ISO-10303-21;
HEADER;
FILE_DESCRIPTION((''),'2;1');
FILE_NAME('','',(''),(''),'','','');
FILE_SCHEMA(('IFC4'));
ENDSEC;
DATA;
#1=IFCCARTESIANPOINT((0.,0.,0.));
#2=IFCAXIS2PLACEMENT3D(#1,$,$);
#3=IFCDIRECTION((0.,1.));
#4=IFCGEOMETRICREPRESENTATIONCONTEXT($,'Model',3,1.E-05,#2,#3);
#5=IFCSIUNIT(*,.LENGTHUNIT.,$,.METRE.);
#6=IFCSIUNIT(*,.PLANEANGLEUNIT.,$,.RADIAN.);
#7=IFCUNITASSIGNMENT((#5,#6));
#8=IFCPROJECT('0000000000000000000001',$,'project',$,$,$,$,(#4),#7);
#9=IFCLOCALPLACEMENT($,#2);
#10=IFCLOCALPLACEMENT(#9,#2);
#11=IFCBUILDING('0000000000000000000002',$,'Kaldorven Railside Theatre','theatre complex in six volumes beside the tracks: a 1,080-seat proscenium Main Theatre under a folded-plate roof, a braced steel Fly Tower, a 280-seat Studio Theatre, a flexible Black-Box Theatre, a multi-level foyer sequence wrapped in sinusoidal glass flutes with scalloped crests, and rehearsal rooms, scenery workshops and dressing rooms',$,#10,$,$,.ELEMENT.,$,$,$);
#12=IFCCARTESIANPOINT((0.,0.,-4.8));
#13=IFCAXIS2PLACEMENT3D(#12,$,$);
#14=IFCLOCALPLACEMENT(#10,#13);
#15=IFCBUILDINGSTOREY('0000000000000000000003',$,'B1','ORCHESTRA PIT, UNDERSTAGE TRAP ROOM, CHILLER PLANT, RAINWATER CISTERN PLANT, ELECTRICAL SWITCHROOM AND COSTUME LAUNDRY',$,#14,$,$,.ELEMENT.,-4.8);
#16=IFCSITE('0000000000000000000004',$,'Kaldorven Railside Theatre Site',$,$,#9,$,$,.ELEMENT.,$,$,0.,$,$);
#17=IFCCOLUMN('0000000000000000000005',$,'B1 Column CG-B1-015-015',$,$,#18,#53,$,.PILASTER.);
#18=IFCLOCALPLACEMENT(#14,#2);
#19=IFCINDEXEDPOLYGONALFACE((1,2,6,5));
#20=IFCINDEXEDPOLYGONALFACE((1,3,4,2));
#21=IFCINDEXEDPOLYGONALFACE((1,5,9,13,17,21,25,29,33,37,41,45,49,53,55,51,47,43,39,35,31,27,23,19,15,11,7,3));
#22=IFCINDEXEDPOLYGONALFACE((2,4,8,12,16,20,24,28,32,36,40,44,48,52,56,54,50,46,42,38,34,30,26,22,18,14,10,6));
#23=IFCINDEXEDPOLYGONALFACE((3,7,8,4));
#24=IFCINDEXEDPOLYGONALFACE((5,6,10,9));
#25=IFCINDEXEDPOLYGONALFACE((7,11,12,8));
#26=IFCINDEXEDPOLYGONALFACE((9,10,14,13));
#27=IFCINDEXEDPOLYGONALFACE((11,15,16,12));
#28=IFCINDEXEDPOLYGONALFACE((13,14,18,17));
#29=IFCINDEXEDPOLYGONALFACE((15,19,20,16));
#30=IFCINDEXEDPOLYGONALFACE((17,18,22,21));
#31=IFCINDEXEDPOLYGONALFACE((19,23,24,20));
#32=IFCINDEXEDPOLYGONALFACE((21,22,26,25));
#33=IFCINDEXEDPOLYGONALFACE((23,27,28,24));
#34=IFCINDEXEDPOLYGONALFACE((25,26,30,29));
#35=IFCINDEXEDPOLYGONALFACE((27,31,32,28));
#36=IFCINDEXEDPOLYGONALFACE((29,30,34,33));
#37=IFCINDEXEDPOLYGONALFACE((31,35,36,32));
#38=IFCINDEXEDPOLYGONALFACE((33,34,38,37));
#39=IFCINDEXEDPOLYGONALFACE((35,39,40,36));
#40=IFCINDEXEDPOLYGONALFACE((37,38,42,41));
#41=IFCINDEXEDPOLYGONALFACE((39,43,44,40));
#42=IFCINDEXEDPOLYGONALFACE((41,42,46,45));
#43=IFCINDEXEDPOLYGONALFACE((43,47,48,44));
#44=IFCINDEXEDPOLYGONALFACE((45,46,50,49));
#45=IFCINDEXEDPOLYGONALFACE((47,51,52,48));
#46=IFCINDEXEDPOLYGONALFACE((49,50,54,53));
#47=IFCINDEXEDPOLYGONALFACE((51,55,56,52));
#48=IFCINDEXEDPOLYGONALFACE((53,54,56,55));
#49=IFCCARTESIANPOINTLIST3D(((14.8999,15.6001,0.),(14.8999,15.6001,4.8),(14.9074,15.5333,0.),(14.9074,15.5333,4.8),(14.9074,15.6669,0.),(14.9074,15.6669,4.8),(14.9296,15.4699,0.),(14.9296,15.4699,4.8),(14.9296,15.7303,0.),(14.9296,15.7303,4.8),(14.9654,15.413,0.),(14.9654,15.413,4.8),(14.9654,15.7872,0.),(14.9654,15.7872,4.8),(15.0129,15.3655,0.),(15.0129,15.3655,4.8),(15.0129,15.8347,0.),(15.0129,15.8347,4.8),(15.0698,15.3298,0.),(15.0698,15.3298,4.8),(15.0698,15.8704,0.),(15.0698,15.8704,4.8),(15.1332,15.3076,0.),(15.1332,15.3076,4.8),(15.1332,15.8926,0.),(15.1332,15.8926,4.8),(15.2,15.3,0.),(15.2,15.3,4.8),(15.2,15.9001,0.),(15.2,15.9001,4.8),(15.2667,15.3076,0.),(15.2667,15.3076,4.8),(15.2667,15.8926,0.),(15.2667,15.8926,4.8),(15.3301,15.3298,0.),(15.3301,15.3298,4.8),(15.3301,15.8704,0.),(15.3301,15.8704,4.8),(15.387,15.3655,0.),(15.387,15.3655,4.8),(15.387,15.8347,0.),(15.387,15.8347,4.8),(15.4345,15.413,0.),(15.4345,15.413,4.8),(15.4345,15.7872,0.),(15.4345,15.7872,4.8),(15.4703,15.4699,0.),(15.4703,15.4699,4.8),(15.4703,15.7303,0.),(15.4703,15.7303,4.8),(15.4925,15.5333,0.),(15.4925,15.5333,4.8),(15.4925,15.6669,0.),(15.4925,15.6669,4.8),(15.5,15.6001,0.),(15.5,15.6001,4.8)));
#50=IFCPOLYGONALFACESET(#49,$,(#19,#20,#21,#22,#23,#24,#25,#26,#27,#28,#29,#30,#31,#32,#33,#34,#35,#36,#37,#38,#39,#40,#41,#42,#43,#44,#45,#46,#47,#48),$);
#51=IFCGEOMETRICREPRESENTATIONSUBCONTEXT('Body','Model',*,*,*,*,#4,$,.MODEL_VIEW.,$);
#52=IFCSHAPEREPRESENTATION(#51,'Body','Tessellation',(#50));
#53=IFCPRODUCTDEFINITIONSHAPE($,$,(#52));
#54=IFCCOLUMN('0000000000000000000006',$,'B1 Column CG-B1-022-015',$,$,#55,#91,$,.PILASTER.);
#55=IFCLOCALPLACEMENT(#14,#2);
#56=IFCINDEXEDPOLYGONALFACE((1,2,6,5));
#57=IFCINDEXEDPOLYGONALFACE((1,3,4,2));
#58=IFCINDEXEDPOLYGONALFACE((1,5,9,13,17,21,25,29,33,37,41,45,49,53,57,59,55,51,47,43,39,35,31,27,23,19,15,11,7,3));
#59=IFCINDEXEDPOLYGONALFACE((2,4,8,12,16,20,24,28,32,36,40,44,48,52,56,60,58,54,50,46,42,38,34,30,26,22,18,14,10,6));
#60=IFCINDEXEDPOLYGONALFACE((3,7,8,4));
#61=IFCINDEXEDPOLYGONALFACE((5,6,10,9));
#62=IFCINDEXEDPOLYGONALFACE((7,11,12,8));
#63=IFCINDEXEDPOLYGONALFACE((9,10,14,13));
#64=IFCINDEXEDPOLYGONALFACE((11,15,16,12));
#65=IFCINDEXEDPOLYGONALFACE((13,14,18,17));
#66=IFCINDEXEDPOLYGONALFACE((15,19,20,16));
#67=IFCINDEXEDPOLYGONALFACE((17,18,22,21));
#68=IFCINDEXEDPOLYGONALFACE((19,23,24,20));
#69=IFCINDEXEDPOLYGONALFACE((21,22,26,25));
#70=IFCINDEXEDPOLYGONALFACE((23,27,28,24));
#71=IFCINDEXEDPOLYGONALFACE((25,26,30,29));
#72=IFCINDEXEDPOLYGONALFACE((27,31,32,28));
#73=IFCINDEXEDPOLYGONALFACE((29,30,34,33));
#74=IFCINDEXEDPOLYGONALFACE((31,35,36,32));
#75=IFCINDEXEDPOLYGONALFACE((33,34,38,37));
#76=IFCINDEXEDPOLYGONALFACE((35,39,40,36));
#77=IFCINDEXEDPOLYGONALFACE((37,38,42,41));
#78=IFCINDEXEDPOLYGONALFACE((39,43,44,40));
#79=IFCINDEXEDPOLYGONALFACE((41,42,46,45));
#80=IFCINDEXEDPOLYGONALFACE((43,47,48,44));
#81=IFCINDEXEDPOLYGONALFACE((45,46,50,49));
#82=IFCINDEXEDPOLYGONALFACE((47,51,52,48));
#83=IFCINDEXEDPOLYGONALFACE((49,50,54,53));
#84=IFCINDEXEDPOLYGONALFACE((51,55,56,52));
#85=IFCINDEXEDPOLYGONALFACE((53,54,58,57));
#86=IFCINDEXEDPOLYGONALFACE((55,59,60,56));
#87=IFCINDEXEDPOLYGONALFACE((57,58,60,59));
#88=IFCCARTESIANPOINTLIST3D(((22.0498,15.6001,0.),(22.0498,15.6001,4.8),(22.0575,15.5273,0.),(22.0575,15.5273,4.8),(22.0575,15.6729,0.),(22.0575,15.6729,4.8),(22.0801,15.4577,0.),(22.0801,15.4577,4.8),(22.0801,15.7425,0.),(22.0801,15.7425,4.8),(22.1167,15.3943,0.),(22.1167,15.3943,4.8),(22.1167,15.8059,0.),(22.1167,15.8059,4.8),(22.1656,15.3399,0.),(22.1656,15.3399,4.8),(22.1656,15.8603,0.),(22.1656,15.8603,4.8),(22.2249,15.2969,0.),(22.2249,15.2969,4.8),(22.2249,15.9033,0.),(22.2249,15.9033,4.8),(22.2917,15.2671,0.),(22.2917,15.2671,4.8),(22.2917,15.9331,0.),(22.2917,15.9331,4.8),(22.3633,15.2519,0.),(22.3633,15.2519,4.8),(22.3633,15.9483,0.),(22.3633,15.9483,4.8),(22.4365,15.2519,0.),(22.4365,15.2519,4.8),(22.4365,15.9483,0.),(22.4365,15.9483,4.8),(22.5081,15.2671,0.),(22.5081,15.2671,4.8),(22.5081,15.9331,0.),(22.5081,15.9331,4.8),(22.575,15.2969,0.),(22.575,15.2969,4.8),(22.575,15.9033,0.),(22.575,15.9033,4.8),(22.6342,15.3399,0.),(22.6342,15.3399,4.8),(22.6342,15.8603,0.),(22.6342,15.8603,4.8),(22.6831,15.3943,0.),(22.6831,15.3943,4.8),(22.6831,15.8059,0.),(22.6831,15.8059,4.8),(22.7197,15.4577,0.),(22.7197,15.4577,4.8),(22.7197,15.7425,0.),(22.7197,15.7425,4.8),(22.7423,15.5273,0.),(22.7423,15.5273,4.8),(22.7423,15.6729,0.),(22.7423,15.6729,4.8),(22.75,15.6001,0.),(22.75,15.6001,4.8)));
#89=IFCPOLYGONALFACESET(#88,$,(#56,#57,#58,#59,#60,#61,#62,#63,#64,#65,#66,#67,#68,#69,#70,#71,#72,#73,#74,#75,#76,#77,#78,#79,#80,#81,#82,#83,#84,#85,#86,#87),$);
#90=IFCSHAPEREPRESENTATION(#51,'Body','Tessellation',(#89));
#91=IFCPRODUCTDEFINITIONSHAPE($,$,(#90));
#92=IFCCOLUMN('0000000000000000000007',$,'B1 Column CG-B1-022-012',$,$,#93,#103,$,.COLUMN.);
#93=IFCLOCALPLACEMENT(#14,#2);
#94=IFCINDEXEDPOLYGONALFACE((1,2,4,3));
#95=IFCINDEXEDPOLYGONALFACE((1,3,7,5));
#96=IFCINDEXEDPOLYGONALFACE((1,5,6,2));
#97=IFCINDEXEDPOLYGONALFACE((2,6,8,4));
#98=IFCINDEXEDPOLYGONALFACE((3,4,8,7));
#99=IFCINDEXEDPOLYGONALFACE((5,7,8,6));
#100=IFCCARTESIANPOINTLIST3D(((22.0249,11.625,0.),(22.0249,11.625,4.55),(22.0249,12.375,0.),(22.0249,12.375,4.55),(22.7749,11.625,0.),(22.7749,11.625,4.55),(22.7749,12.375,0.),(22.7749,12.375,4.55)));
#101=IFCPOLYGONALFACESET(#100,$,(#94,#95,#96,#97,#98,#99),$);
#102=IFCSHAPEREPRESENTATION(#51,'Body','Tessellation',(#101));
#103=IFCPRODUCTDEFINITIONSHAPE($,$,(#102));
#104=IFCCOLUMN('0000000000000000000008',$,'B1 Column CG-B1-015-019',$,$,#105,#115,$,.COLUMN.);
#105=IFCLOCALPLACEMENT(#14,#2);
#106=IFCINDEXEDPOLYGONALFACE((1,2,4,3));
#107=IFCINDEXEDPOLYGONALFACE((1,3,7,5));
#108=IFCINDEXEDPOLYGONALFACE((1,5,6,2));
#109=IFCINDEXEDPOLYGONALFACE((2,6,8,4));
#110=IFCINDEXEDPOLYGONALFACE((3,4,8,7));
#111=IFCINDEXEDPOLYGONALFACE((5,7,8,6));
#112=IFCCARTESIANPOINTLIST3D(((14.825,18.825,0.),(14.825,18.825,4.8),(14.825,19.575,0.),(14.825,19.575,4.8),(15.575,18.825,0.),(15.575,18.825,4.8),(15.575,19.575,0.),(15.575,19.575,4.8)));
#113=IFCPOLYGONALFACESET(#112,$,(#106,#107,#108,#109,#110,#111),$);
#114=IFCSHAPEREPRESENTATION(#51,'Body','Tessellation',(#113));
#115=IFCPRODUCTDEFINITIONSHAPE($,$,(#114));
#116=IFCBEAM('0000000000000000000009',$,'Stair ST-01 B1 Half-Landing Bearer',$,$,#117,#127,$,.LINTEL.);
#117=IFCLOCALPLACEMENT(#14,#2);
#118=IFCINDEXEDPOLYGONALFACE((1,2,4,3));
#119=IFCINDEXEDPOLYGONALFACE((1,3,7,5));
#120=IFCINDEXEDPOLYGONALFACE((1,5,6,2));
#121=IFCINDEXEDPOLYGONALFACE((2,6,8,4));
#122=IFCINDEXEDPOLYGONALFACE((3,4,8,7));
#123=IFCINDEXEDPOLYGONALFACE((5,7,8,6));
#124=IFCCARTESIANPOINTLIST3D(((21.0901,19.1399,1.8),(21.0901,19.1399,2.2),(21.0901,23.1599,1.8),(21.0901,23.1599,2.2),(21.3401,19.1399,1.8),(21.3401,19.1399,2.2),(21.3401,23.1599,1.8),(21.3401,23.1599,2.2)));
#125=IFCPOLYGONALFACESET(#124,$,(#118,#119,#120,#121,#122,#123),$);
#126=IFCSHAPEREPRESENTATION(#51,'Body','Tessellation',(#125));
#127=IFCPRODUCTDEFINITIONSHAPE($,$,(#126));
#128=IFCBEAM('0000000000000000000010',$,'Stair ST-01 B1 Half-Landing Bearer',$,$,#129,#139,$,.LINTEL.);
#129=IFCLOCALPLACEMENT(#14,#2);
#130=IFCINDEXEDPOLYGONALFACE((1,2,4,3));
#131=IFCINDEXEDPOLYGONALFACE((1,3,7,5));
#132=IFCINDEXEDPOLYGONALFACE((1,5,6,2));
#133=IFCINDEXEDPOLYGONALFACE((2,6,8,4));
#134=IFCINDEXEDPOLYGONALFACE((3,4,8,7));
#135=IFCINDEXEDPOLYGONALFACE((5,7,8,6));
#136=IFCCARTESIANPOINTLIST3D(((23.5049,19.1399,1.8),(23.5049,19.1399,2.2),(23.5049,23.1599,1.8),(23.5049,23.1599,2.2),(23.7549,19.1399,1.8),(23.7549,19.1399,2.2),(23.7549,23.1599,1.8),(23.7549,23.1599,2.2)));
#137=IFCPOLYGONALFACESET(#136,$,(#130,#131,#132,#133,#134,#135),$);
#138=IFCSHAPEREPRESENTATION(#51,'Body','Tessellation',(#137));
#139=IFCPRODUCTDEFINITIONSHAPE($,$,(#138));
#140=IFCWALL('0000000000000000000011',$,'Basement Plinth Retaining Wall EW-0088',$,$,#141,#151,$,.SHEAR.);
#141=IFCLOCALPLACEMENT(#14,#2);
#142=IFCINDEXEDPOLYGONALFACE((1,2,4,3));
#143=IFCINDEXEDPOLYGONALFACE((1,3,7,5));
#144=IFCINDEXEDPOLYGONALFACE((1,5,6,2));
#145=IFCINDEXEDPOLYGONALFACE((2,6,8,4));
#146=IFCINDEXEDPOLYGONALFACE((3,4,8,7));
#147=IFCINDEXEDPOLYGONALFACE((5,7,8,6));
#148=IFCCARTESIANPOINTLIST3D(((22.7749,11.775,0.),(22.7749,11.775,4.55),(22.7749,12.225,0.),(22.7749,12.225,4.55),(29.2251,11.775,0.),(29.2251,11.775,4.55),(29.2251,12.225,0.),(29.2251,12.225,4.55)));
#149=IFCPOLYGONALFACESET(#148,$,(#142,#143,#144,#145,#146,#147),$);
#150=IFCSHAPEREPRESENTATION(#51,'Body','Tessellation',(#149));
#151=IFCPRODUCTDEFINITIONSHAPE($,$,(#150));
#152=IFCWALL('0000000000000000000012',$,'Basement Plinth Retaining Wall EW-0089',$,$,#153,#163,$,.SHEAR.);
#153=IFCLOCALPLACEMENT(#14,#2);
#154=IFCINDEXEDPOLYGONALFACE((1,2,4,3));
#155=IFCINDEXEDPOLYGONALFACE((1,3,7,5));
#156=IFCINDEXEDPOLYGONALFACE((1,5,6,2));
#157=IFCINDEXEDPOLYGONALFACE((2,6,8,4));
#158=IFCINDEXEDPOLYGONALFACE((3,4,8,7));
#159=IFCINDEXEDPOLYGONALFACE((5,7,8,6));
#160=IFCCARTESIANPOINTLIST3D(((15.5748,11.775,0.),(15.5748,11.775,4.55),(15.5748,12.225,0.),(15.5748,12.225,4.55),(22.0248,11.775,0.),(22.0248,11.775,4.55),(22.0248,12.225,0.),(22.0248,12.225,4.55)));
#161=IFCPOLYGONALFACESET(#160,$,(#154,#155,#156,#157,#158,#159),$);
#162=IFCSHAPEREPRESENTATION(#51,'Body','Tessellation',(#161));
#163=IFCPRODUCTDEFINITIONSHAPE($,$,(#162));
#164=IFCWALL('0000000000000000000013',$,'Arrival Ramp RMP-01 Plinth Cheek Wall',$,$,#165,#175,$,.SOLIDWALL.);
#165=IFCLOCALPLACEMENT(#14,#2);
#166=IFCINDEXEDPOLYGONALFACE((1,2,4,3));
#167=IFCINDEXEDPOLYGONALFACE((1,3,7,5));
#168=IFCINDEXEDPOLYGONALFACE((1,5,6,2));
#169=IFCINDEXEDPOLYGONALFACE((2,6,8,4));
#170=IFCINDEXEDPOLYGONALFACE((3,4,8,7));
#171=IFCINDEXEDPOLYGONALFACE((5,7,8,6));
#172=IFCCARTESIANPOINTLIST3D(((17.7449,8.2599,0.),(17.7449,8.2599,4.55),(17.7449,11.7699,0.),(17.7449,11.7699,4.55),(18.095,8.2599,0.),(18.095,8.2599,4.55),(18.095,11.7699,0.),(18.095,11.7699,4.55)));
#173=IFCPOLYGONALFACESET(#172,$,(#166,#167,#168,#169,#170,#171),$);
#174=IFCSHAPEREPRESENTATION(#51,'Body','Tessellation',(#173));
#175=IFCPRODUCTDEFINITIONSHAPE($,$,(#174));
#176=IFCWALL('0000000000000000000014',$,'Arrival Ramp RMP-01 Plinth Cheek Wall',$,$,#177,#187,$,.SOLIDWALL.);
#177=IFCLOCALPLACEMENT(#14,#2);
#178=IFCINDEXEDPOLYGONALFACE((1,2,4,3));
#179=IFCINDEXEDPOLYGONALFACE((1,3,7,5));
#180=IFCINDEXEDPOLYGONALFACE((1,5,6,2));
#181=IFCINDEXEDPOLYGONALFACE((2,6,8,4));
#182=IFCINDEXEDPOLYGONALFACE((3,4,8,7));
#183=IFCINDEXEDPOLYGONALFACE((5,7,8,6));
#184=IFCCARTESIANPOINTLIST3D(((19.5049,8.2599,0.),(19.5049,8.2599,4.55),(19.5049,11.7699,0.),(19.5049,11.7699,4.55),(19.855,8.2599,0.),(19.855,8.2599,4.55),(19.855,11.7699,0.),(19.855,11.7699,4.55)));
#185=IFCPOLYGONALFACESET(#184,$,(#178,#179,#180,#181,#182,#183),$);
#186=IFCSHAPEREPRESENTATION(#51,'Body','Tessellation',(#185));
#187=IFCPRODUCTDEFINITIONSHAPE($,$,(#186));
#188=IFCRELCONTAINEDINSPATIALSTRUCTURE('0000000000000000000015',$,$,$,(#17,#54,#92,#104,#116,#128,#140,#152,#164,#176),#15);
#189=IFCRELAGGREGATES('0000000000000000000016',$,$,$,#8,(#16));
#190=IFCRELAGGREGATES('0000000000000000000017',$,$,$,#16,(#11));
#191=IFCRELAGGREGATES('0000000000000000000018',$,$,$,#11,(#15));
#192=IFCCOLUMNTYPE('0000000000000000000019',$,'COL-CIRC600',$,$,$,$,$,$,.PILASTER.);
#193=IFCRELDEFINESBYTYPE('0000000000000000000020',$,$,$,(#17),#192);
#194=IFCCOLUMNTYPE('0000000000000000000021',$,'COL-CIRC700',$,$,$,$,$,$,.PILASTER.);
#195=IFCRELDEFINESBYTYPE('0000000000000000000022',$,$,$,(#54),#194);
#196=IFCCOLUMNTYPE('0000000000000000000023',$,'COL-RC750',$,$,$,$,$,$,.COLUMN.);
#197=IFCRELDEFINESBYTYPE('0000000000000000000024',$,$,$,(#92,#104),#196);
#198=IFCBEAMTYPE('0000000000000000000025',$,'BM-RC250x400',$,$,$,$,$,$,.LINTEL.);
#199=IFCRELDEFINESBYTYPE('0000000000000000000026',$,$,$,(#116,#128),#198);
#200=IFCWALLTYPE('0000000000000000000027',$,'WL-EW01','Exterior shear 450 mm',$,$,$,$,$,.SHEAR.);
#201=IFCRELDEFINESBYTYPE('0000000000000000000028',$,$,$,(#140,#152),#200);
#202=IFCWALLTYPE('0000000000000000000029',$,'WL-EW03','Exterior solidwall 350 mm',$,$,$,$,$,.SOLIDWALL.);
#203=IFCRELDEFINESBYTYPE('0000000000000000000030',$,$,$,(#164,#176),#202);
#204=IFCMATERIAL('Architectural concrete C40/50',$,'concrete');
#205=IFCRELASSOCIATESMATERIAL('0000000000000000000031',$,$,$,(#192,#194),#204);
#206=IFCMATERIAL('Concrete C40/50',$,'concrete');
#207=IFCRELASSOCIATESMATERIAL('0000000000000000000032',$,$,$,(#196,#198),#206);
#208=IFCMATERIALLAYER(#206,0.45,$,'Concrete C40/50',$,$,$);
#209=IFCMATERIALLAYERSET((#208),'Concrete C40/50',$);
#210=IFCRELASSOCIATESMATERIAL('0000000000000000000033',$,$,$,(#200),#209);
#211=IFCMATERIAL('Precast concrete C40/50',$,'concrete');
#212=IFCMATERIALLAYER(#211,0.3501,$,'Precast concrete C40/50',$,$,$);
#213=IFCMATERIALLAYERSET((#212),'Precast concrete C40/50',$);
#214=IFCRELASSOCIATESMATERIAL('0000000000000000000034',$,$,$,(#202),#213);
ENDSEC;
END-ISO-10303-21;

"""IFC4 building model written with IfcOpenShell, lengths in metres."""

from ifc_helpers import new_model, si_unit, direction, frame, frame_2d, origin, origin_2d, place, context, subcontext, project, spatial, rectangle, circle, extrude, material, layer, layer_set, material_profile, profile_set, type_object, element, save


model = new_model("IFC4")

# Units and contexts
model_context = context("Model", 3, precision=1e-05, world=origin(), true_north=direction((0.0, 1.0)))
body_context = subcontext(model_context, "Body", "Model", "MODEL_VIEW")
ifc_project = project(units=[si_unit("LENGTHUNIT", "METRE"), si_unit("PLANEANGLEUNIT", "RADIAN")], contexts=[model_context])

# Site, building, storey
site_placement = place(None, origin())
site = spatial("IfcSite", under=ifc_project, at=site_placement, Name="Kaldorven Railside Theatre Site", CompositionType="ELEMENT", RefElevation=0.0)
building_placement = place(site_placement, origin())
building = spatial("IfcBuilding", under=site, at=building_placement, Name="Kaldorven Railside Theatre", Description="theatre complex in six volumes beside the tracks: a 1,080-seat proscenium Main Theatre under a folded-plate roof, a braced steel Fly Tower, a 280-seat Studio Theatre, a flexible Black-Box Theatre, a multi-level foyer sequence wrapped in sinusoidal glass flutes with scalloped crests, and rehearsal rooms, scenery workshops and dressing rooms", CompositionType="ELEMENT")
storey_placement = place(building_placement, frame((0.0, 0.0, -4.8)))
storey = spatial("IfcBuildingStorey", under=building, at=storey_placement, Name="B1", Description="ORCHESTRA PIT, UNDERSTAGE TRAP ROOM, CHILLER PLANT, RAINWATER CISTERN PLANT, ELECTRICAL SWITCHROOM AND COSTUME LAUNDRY", CompositionType="ELEMENT", Elevation=-4.8)

# Shared definitions
ifc_material_1 = material(Name="Concrete C40/50", Category="concrete")

# Columns
ifc_material_2 = material(Name="Architectural concrete C40/50", Category="concrete")
ifc_material_profile_1 = material_profile(ifc_material_2, circle(Radius=0.3, at=origin_2d()), Name="RC D600")
ifc_profile_set_1 = profile_set([ifc_material_profile_1], Name="Architectural concrete C40/50")
column_type_1 = type_object("IfcColumnType", Name="COL-CIRC600", PredefinedType="PILASTER", material=ifc_profile_set_1)
column_1_placement = place(storey_placement, frame((15.2, 15.6001, 0.0), z_axis=(0.0, 0.0, 1.0), x_axis=(1.0, 0.0, 0.0)))
element("IfcColumn", 1, at=column_1_placement, inside=storey, type_object=column_type_1, Name="B1 Column CG-B1-015-015", PredefinedType="PILASTER", context=body_context, shape_type="SweptSolid", body=[
    extrude(circle(Radius=0.3, at=origin_2d()), origin(), (0.0, 0.0, 1.0), 4.8),
])
ifc_material_profile_2 = material_profile(ifc_material_2, circle(Radius=0.3501, at=origin_2d()), Name="RC D700")
ifc_profile_set_2 = profile_set([ifc_material_profile_2], Name="Architectural concrete C40/50")
column_type_2 = type_object("IfcColumnType", Name="COL-CIRC700", PredefinedType="PILASTER", material=ifc_profile_set_2)
column_2_placement = place(storey_placement, frame((22.3999, 15.6001, 0.0), z_axis=(0.0, 0.0, 1.0), x_axis=(1.0, 0.0, 0.0)))
element("IfcColumn", 2, at=column_2_placement, inside=storey, type_object=column_type_2, Name="B1 Column CG-B1-022-015", PredefinedType="PILASTER", context=body_context, shape_type="SweptSolid", body=[
    extrude(circle(Radius=0.3501, at=origin_2d()), origin(), (0.0, 0.0, 1.0), 4.8),
])
ifc_material_profile_3 = material_profile(ifc_material_1, rectangle(XDim=0.75, YDim=0.75, at=origin_2d()), Name="RC 750x750")
ifc_profile_set_3 = profile_set([ifc_material_profile_3], Name="Concrete C40/50")
column_type_3 = type_object("IfcColumnType", Name="COL-RC750", PredefinedType="COLUMN", material=ifc_profile_set_3)
column_3_placement = place(storey_placement, frame((22.3999, 12.0, 0.0), z_axis=(0.0, 0.0, 1.0), x_axis=(1.0, 0.0, 0.0)))
element("IfcColumn", 3, at=column_3_placement, inside=storey, type_object=column_type_3, Name="B1 Column CG-B1-022-012", PredefinedType="COLUMN", context=body_context, shape_type="SweptSolid", body=[
    extrude(rectangle(XDim=0.75, YDim=0.75, at=origin_2d()), origin(), (0.0, 0.0, 1.0), 4.55),
])
column_4_placement = place(storey_placement, frame((15.2, 19.2, 0.0), z_axis=(0.0, 0.0, 1.0), x_axis=(1.0, 0.0, 0.0)))
element("IfcColumn", 4, at=column_4_placement, inside=storey, type_object=column_type_3, Name="B1 Column CG-B1-015-019", PredefinedType="COLUMN", context=body_context, shape_type="SweptSolid", body=[
    extrude(rectangle(XDim=0.75, YDim=0.75, at=origin_2d()), origin(), (0.0, 0.0, 1.0), 4.8),
])

# Beams
ifc_material_profile_4 = material_profile(ifc_material_1, rectangle(XDim=0.25, YDim=0.3999, at=origin_2d()), Name="RC 250x400")
ifc_profile_set_4 = profile_set([ifc_material_profile_4], Name="Concrete C40/50")
beam_type = type_object("IfcBeamType", Name="BM-RC250x400", PredefinedType="LINTEL", material=ifc_profile_set_4)
for number, where, z_axis, x_axis, name in (
    (5, (21.2151, 19.1399, 2.0), (0.0, 1.0, 0.0), (-1.0, 0.0, 0.0), "Stair ST-01 B1 Half-Landing Bearer"),
    (6, (23.6299, 19.1399, 2.0), (0.0, 1.0, 0.0), (-1.0, 0.0, 0.0), "Stair ST-01 B1 Half-Landing Bearer"),
):
    element("IfcBeam", number, at=place(storey_placement, frame(where, z_axis=z_axis, x_axis=x_axis)), inside=storey, type_object=beam_type, Name=name, PredefinedType="LINTEL", context=body_context, shape_type="SweptSolid", body=[
        extrude(rectangle(XDim=0.25, YDim=0.3999, at=origin_2d()), origin(), (0.0, 0.0, 1.0), 4.02),
    ])

# Walls
ifc_layer_1 = layer(ifc_material_1, 0.45, Name="Concrete C40/50")
ifc_layer_set_1 = layer_set([ifc_layer_1], Name="Concrete C40/50")
wall_type_1 = type_object("IfcWallType", Name="WL-EW01", Description="Exterior shear 450 mm", PredefinedType="SHEAR", material=ifc_layer_set_1)
wall_1_placement = place(storey_placement, frame((29.2251, 12.0, 0.0), z_axis=(0.0, 0.0, 1.0), x_axis=(-1.0, 0.0, 0.0)))
element("IfcWall", 7, at=wall_1_placement, inside=storey, type_object=wall_type_1, Name="Basement Plinth Retaining Wall EW-0088", PredefinedType="SHEAR", context=body_context, shape_type="SweptSolid", body=[
    extrude(rectangle(XDim=6.4502, YDim=0.45, at=frame_2d((3.2251, 0.0))), origin(), (0.0, 0.0, 1.0), 4.55),
])
wall_2_placement = place(storey_placement, frame((22.0249, 12.0, 0.0), z_axis=(0.0, 0.0, 1.0), x_axis=(-1.0, 0.0, 0.0)))
element("IfcWall", 8, at=wall_2_placement, inside=storey, type_object=wall_type_1, Name="Basement Plinth Retaining Wall EW-0089", PredefinedType="SHEAR", context=body_context, shape_type="SweptSolid", body=[
    extrude(rectangle(XDim=6.45, YDim=0.45, at=frame_2d((3.2251, 0.0))), origin(), (0.0, 0.0, 1.0), 4.55),
])
ifc_material_3 = material(Name="Precast concrete C40/50", Category="concrete")
ifc_layer_2 = layer(ifc_material_3, 0.3501, Name="Precast concrete C40/50")
ifc_layer_set_2 = layer_set([ifc_layer_2], Name="Precast concrete C40/50")
wall_type_2 = type_object("IfcWallType", Name="WL-EW03", Description="Exterior solidwall 350 mm", PredefinedType="SOLIDWALL", material=ifc_layer_set_2)
for number, where, z_axis, x_axis, name in (
    (9, (17.9199, 8.26, 0.0), (0.0, 0.0, 1.0), (0.0, 1.0, 0.0), "Arrival Ramp RMP-01 Plinth Cheek Wall"),
    (10, (19.6799, 8.26, 0.0), (0.0, 0.0, 1.0), (0.0, 1.0, 0.0), "Arrival Ramp RMP-01 Plinth Cheek Wall"),
):
    element("IfcWall", number, at=place(storey_placement, frame(where, z_axis=z_axis, x_axis=x_axis)), inside=storey, type_object=wall_type_2, Name=name, PredefinedType="SOLIDWALL", context=body_context, shape_type="SweptSolid", body=[
        extrude(rectangle(XDim=3.51, YDim=0.3501, at=frame_2d((1.7549, 0.0))), origin(), (0.0, 0.0, 1.0), 4.55),
    ])

save(model, "model.ifc")
